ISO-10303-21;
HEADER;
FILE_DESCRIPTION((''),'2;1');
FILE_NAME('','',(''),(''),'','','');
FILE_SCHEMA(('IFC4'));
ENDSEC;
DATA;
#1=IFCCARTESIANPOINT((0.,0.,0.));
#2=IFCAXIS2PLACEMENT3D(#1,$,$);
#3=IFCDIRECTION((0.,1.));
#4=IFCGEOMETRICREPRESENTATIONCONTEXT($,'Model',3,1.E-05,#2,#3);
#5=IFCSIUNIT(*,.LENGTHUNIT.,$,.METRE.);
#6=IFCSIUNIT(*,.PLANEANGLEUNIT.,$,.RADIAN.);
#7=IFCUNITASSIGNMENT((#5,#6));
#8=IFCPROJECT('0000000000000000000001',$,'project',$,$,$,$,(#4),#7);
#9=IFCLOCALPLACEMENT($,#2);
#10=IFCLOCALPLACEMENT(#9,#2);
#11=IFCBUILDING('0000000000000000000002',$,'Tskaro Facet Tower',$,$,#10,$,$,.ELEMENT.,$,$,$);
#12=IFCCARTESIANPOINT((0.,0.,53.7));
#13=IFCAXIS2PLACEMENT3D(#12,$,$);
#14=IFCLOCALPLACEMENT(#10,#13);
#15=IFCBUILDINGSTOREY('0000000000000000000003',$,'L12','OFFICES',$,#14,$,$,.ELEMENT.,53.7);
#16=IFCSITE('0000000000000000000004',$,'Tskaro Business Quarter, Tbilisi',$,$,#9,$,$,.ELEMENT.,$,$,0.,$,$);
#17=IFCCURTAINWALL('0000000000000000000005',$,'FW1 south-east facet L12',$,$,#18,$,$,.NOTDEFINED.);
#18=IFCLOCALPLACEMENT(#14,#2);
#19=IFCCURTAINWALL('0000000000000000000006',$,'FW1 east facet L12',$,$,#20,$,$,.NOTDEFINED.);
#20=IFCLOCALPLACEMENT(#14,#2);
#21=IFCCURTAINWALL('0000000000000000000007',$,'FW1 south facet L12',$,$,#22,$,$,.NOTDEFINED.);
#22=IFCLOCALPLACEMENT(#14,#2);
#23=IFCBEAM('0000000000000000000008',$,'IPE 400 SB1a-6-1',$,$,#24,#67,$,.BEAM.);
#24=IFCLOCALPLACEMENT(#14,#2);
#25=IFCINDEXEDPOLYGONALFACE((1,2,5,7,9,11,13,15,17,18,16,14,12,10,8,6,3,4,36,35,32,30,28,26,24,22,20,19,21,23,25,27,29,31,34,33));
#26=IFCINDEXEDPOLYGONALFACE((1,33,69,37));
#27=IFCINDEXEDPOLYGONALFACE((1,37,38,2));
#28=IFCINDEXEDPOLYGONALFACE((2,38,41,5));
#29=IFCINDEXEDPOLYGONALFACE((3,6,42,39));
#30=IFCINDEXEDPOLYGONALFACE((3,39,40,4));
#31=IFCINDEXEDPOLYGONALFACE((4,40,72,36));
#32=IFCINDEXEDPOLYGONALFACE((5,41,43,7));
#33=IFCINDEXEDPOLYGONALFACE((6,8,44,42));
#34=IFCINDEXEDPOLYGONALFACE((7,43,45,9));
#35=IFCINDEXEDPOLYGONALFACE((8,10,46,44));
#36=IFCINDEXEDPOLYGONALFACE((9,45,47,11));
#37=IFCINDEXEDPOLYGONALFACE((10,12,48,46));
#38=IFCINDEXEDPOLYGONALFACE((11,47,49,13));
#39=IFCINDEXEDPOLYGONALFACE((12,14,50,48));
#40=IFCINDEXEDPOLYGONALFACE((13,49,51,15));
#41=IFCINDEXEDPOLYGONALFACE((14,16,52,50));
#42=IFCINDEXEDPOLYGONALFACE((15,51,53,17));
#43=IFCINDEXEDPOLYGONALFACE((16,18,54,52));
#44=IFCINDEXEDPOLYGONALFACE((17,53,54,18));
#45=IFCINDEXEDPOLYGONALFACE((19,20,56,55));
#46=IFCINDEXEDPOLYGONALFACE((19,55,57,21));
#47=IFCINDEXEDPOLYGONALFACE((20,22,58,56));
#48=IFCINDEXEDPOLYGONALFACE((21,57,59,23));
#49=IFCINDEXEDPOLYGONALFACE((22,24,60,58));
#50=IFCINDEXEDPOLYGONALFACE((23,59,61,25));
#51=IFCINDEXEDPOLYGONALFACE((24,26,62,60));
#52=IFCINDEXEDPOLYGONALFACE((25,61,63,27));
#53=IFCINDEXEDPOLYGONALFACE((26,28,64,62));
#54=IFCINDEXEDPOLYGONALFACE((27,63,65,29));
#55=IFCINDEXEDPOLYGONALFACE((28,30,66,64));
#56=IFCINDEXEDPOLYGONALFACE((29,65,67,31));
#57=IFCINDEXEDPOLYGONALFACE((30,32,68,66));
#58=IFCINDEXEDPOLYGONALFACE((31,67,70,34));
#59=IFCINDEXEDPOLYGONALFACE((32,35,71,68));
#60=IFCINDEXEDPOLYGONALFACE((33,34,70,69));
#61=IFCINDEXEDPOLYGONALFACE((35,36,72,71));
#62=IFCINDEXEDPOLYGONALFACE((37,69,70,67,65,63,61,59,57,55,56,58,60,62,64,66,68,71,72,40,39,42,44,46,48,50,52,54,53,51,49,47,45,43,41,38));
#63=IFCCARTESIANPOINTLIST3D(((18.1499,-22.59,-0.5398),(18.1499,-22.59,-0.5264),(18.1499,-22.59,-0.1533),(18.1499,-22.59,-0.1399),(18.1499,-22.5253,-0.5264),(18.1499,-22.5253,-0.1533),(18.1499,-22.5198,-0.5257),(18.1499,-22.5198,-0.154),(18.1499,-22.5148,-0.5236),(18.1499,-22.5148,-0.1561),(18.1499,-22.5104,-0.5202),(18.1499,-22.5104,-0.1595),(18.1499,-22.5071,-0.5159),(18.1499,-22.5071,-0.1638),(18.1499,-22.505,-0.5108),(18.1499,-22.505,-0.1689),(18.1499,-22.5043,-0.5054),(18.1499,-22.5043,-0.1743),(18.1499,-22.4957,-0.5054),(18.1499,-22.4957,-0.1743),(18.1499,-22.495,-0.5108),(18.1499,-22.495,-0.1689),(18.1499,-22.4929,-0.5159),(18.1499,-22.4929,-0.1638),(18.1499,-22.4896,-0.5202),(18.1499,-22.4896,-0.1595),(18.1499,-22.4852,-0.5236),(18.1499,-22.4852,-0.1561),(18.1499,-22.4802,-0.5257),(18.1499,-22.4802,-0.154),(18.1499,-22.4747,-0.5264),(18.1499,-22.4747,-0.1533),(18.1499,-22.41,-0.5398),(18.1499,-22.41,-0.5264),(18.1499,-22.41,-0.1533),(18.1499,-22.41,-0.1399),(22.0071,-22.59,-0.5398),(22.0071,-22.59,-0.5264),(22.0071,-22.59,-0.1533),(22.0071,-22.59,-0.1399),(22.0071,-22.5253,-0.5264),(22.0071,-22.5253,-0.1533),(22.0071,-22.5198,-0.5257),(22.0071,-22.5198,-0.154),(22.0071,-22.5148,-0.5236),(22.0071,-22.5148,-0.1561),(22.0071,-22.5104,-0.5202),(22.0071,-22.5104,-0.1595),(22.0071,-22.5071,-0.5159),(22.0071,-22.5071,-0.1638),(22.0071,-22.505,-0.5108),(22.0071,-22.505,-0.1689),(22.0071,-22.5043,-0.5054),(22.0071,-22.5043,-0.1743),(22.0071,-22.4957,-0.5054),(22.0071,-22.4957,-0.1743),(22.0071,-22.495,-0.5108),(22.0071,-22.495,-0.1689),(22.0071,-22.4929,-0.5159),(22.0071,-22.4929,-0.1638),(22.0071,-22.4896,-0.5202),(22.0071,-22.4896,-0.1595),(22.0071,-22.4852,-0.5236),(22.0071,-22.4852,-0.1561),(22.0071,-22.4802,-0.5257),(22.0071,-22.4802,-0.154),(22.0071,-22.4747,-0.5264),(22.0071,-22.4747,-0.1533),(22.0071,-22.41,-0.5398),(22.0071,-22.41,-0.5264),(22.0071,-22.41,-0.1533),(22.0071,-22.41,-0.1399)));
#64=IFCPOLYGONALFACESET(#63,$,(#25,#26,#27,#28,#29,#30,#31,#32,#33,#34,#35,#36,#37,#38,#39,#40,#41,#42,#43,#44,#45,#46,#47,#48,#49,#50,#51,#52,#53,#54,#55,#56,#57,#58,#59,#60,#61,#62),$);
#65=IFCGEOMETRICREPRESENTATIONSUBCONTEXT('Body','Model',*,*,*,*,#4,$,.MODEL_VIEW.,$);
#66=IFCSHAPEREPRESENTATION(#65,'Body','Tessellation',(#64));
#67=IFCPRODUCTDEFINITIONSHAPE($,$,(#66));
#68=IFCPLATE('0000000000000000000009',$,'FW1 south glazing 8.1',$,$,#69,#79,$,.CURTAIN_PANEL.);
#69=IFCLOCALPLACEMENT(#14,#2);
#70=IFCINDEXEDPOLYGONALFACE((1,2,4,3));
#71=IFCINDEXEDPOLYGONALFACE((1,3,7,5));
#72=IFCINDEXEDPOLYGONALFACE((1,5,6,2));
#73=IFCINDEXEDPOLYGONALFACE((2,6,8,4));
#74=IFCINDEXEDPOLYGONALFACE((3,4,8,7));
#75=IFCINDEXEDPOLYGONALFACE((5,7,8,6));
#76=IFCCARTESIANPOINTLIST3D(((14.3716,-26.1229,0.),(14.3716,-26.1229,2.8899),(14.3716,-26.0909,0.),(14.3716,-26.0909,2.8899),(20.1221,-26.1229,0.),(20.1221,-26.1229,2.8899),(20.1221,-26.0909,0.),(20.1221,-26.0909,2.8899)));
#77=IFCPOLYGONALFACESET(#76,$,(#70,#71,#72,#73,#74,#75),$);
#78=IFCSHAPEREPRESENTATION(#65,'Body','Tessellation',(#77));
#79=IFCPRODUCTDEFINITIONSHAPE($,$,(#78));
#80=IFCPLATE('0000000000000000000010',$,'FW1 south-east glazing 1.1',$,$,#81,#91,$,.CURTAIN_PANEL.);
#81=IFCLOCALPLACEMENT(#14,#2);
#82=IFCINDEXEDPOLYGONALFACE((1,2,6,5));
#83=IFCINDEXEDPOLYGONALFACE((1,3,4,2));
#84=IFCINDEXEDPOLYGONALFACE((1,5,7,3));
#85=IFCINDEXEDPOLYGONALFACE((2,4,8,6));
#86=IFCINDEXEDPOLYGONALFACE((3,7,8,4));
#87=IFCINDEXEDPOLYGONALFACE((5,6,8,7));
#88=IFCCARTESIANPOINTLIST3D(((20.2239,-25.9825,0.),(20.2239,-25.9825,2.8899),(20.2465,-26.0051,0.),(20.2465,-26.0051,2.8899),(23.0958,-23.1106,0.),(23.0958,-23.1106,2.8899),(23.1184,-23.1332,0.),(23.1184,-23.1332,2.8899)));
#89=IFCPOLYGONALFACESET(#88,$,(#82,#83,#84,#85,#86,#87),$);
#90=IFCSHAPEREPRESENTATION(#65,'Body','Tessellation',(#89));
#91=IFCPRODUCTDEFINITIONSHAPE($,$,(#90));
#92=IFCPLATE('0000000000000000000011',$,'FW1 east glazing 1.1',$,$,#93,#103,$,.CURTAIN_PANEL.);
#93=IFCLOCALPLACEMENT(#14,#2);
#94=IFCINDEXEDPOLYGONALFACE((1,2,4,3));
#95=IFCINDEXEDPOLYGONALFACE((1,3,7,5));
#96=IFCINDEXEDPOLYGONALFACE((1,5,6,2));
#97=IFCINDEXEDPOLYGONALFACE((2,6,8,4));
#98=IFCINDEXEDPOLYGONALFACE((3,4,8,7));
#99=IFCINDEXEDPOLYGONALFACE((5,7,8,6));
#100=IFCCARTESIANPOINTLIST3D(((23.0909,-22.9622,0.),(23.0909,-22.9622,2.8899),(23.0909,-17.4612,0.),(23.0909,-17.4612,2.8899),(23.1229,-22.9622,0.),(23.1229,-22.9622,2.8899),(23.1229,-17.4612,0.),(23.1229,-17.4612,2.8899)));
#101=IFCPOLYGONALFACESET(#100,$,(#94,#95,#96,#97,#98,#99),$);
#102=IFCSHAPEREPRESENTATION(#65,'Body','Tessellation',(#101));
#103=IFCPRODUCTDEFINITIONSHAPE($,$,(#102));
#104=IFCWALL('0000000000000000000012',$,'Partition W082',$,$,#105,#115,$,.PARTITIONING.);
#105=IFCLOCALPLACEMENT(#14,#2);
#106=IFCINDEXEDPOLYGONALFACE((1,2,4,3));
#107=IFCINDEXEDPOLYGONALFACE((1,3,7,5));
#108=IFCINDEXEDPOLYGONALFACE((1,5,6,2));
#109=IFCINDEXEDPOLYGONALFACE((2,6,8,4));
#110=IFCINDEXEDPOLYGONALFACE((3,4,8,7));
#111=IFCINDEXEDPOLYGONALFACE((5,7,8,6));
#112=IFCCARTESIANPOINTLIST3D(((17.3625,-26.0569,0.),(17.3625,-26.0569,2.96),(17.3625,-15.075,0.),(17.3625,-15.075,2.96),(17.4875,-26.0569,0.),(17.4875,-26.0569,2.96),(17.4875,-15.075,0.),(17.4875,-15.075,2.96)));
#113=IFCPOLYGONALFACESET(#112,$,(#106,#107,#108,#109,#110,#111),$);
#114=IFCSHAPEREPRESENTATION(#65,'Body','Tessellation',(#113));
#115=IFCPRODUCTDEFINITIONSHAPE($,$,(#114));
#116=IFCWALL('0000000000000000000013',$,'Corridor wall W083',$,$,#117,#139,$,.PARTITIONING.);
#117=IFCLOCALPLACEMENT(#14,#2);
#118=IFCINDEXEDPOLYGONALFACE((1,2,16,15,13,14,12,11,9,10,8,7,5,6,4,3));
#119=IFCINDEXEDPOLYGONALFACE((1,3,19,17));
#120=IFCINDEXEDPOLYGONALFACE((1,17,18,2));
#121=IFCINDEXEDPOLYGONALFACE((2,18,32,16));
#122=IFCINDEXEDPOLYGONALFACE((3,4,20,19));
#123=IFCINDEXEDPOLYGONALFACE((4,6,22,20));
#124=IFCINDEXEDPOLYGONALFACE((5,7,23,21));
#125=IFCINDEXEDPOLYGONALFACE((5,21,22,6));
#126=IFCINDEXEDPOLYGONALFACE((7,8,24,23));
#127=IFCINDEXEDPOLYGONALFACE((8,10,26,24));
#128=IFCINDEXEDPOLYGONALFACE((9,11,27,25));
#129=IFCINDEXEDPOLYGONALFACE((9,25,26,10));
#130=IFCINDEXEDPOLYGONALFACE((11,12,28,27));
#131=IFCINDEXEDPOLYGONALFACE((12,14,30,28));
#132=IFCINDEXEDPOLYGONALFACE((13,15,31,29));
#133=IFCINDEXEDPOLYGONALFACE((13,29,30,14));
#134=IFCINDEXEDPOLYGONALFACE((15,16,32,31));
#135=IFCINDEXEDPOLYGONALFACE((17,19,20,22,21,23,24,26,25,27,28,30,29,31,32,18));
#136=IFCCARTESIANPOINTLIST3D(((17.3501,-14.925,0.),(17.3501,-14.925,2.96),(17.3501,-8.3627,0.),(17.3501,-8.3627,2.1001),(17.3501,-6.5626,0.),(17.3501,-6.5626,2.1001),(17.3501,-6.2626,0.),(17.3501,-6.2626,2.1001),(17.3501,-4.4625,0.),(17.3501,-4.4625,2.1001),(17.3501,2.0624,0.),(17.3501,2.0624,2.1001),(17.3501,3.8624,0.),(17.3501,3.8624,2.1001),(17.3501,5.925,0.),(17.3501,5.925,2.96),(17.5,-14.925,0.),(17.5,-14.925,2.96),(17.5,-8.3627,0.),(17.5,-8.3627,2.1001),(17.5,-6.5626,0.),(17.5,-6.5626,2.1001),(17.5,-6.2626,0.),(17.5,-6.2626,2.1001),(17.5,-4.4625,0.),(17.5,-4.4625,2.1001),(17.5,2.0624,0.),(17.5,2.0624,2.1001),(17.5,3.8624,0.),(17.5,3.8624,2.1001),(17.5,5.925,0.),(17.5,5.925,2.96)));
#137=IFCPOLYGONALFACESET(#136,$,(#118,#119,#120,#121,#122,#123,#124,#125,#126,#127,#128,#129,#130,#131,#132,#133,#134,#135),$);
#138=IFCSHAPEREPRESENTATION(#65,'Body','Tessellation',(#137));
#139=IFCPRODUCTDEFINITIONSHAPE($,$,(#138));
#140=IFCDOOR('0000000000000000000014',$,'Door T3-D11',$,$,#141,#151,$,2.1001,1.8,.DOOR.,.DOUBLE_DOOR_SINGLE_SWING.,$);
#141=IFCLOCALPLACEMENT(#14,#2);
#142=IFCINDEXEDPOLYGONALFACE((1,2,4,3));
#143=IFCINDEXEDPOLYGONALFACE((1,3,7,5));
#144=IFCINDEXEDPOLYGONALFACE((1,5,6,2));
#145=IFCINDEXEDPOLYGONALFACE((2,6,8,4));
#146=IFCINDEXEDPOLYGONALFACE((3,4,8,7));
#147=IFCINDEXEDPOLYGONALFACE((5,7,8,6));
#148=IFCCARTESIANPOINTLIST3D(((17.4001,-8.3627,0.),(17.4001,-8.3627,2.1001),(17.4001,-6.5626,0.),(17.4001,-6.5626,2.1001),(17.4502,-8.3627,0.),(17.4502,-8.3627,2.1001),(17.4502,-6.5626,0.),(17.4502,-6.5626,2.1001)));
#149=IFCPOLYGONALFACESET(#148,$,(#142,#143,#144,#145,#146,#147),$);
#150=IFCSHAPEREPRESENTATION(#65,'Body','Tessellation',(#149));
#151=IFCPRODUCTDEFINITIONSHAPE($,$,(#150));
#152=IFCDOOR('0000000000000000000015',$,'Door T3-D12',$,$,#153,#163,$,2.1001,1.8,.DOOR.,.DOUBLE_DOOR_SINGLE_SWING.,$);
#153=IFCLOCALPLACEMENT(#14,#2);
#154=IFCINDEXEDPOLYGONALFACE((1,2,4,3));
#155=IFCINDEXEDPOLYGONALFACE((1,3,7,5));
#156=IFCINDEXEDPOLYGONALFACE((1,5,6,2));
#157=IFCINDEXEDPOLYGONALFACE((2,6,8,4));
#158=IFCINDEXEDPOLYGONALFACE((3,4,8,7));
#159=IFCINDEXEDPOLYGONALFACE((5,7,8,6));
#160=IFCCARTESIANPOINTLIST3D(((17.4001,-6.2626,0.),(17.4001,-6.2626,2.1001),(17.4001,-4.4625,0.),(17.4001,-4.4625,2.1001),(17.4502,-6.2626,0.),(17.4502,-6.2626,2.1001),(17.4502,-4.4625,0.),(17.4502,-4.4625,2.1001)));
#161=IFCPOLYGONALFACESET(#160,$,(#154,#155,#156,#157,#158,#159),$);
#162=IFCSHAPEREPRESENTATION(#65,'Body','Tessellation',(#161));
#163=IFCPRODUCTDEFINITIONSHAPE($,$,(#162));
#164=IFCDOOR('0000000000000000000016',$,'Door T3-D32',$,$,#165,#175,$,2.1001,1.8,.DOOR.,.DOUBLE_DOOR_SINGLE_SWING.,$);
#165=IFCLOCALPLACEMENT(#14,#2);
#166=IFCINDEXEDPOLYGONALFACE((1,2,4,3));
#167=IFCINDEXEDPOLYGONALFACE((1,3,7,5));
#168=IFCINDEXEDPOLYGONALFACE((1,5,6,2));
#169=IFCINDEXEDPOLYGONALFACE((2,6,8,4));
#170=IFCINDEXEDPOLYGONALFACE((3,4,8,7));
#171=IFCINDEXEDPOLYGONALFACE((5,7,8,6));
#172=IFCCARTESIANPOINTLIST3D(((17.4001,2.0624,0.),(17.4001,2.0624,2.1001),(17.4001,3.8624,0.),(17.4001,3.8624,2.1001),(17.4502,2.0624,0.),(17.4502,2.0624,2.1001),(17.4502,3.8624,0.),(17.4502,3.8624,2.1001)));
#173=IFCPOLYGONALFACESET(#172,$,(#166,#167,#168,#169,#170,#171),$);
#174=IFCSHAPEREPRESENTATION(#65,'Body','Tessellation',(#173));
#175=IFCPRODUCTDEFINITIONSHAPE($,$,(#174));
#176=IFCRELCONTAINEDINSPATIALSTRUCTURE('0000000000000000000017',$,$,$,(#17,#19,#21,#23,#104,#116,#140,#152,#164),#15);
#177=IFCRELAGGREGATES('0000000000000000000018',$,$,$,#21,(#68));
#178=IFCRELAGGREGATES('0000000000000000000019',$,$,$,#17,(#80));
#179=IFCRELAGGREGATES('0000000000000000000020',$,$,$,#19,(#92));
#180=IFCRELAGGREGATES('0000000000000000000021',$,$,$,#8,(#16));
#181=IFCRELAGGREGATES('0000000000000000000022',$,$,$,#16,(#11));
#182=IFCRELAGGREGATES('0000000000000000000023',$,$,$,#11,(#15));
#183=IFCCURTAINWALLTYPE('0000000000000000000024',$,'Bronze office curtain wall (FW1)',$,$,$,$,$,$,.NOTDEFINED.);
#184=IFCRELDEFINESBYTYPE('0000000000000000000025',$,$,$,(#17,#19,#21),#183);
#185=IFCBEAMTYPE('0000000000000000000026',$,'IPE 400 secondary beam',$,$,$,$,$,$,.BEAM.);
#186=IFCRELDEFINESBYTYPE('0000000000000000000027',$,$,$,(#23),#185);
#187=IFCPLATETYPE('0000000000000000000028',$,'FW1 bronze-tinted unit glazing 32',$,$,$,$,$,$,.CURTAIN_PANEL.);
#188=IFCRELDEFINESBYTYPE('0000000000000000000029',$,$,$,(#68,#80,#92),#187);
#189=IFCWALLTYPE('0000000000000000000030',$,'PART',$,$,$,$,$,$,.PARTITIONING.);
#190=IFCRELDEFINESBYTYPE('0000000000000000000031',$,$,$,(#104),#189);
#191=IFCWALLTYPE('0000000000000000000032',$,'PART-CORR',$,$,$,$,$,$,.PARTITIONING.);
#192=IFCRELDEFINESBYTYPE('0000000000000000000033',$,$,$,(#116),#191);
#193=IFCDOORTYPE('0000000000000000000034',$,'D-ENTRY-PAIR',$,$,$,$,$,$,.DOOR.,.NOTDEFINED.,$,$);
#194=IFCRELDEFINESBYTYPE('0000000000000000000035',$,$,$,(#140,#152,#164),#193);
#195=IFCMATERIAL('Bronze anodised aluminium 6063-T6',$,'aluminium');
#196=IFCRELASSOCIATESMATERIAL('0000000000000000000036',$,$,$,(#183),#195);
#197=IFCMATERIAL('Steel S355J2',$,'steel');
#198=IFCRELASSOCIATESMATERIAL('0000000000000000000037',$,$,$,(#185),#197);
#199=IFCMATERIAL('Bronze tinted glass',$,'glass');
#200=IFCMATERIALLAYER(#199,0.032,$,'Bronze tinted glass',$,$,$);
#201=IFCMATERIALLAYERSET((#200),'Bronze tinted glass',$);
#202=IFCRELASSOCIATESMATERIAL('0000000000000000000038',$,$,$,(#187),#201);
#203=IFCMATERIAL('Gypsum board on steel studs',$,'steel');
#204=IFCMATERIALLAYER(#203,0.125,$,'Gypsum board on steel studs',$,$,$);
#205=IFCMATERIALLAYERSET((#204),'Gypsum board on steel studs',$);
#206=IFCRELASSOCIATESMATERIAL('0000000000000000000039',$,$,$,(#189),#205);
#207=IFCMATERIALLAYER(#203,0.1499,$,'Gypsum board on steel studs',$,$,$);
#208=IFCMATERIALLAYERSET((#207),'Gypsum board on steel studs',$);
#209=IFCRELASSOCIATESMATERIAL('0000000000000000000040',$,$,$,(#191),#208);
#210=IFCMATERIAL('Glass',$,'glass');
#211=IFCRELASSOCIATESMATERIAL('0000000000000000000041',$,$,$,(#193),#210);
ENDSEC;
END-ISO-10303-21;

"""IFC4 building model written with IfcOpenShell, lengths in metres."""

from ifc_helpers import new_model, si_unit, direction, frame, frame_2d, origin, origin_2d, place, context, subcontext, project, spatial, rectangle, i_section, extrude, material, layer, layer_set, material_profile, profile_set, type_object, element, fill, aggregate, save


model = new_model("IFC4")

# Units and contexts
model_context = context("Model", 3, precision=1e-05, world=origin(), true_north=direction((0.0, 1.0)))
body_context = subcontext(model_context, "Body", "Model", "MODEL_VIEW")
ifc_project = project(units=[si_unit("LENGTHUNIT", "METRE"), si_unit("PLANEANGLEUNIT", "RADIAN")], contexts=[model_context])

# Site, building, storey
site_placement = place(None, origin())
site = spatial("IfcSite", under=ifc_project, at=site_placement, Name="Tskaro Business Quarter, Tbilisi", CompositionType="ELEMENT", RefElevation=0.0)
building_placement = place(site_placement, origin())
building = spatial("IfcBuilding", under=site, at=building_placement, Name="Tskaro Facet Tower", CompositionType="ELEMENT")
storey_placement = place(building_placement, frame((0.0, 0.0, 53.7)))
storey = spatial("IfcBuildingStorey", under=building, at=storey_placement, Name="L12", Description="OFFICES", CompositionType="ELEMENT", Elevation=53.7)

# Curtain walls
ifc_material_1 = material(Name="Bronze anodised aluminium 6063-T6", Category="aluminium")
curtain_wall_type = type_object("IfcCurtainWallType", Name="Bronze office curtain wall (FW1)", PredefinedType="NOTDEFINED", material=ifc_material_1)
curtain_wall_1_placement = place(storey_placement, origin())
curtain_wall_1 = element("IfcCurtainWall", 1, at=curtain_wall_1_placement, inside=storey, type_object=curtain_wall_type, Name="FW1 south-east facet L12", PredefinedType="NOTDEFINED")
curtain_wall_2_placement = place(storey_placement, origin())
curtain_wall_2 = element("IfcCurtainWall", 2, at=curtain_wall_2_placement, inside=storey, type_object=curtain_wall_type, Name="FW1 east facet L12", PredefinedType="NOTDEFINED")
curtain_wall_3_placement = place(storey_placement, origin())
curtain_wall_3 = element("IfcCurtainWall", 3, at=curtain_wall_3_placement, inside=storey, type_object=curtain_wall_type, Name="FW1 south facet L12", PredefinedType="NOTDEFINED")

# Beam
ifc_material_2 = material(Name="Steel S355J2", Category="steel")
ifc_material_profile_1 = material_profile(ifc_material_2, i_section(OverallWidth=0.1799, OverallDepth=0.3999, WebThickness=0.0085, FlangeThickness=0.0134, FilletRadius=0.021, at=origin_2d()), Name="IPE 400")
ifc_profile_set_1 = profile_set([ifc_material_profile_1], Name="Steel S355J2")
beam_type_1 = type_object("IfcBeamType", Name="IPE 400 secondary beam", PredefinedType="BEAM", material=ifc_profile_set_1)
beam_1_placement = place(storey_placement, frame((18.1499, -22.5, -0.3398), z_axis=(1.0, 0.0, 0.0), x_axis=(0.0, 1.0, 0.0)))
element("IfcBeam", 4, at=beam_1_placement, inside=storey, type_object=beam_type_1, Name="IPE 400 SB1a-6-1", PredefinedType="BEAM", context=body_context, shape_type="SweptSolid", body=[
    extrude(i_section(OverallWidth=0.1799, OverallDepth=0.3999, WebThickness=0.0085, FlangeThickness=0.0134, FilletRadius=0.021, at=origin_2d()), origin(), (0.0, 0.0, 1.0), 3.8572),
])

# Plates
ifc_material_3 = material(Name="Bronze tinted glass", Category="glass")
ifc_layer_1 = layer(ifc_material_3, 0.032, Name="Bronze tinted glass")
ifc_layer_set_1 = layer_set([ifc_layer_1], Name="Bronze tinted glass")
plate_type = type_object("IfcPlateType", Name="FW1 bronze-tinted unit glazing 32", PredefinedType="CURTAIN_PANEL", material=ifc_layer_set_1)
plate_1_placement = place(storey_placement, frame((17.2468, -26.1069, 0.0), z_axis=(0.0, 0.0, 1.0), x_axis=(1.0, 0.0, 0.0)))
plate_1 = element("IfcPlate", 5, at=plate_1_placement, type_object=plate_type, Name="FW1 south glazing 8.1", PredefinedType="CURTAIN_PANEL", context=body_context, shape_type="SweptSolid", body=[
    extrude(rectangle(XDim=5.7505, YDim=0.032, at=origin_2d()), origin(), (0.0, 0.0, 1.0), 2.8899),
])
aggregate(curtain_wall_3, [plate_1])
plate_2_placement = place(storey_placement, frame((21.6711, -24.5579, 0.0), z_axis=(0.0, 0.0, 1.0), x_axis=(0.707107, 0.707107, 0.0)))
plate_2 = element("IfcPlate", 6, at=plate_2_placement, type_object=plate_type, Name="FW1 south-east glazing 1.1", PredefinedType="CURTAIN_PANEL", context=body_context, shape_type="SweptSolid", body=[
    extrude(rectangle(XDim=4.0615, YDim=0.032, at=origin_2d()), origin(), (0.0, 0.0, 1.0), 2.8899),
])
aggregate(curtain_wall_1, [plate_2])
plate_3_placement = place(storey_placement, frame((23.1069, -20.2117, 0.0), z_axis=(0.0, 0.0, 1.0), x_axis=(0.0, 1.0, 0.0)))
plate_3 = element("IfcPlate", 7, at=plate_3_placement, type_object=plate_type, Name="FW1 east glazing 1.1", PredefinedType="CURTAIN_PANEL", context=body_context, shape_type="SweptSolid", body=[
    extrude(rectangle(XDim=5.501, YDim=0.032, at=origin_2d()), origin(), (0.0, 0.0, 1.0), 2.8899),
])
aggregate(curtain_wall_2, [plate_3])

# Wall
ifc_material_4 = material(Name="Gypsum board on steel studs", Category="steel")
ifc_layer_2 = layer(ifc_material_4, 0.125, Name="Gypsum board on steel studs")
ifc_layer_set_2 = layer_set([ifc_layer_2], Name="Gypsum board on steel studs")
wall_type_1 = type_object("IfcWallType", Name="PART", PredefinedType="PARTITIONING", material=ifc_layer_set_2)
wall_1_placement = place(storey_placement, frame((17.425, -26.0569, 0.0), z_axis=(0.0, 0.0, 1.0), x_axis=(0.0, 1.0, 0.0)))
element("IfcWall", 8, at=wall_1_placement, inside=storey, type_object=wall_type_1, Name="Partition W082", PredefinedType="PARTITIONING", context=body_context, shape_type="SweptSolid", body=[
    extrude(rectangle(XDim=10.9819, YDim=0.125, at=frame_2d((5.491, 0.0))), origin(), (0.0, 0.0, 1.0), 2.96),
])

# Wall, openings, doors
ifc_layer_3 = layer(ifc_material_4, 0.1499, Name="Gypsum board on steel studs")
ifc_layer_set_3 = layer_set([ifc_layer_3], Name="Gypsum board on steel studs")
wall_type_2 = type_object("IfcWallType", Name="PART-CORR", PredefinedType="PARTITIONING", material=ifc_layer_set_3)
wall_2_placement = place(storey_placement, frame((17.425, -14.925, 0.0), z_axis=(0.0, 0.0, 1.0), x_axis=(0.0, 1.0, 0.0)))
wall_2 = element("IfcWall", 9, at=wall_2_placement, inside=storey, type_object=wall_type_2, Name="Corridor wall W083", PredefinedType="PARTITIONING", context=body_context, shape_type="SweptSolid", body=[
    extrude(rectangle(XDim=20.8501, YDim=0.1499, at=frame_2d((10.425, 0.0))), origin(), (0.0, 0.0, 1.0), 2.96),
])
opening_1_placement = place(wall_2_placement, frame((6.5625, 0.0, 0.0)))
opening_1 = element("IfcOpeningElement", 10, at=opening_1_placement, cuts=wall_2, PredefinedType="OPENING", context=body_context, shape_type="SweptSolid", body=[
    extrude(rectangle(XDim=1.8, YDim=2.1001, at=frame_2d((0.8999, 1.05))), frame((0.0, 0.085, 0.0), z_axis=(0.0, -1.0, 0.0), x_axis=(1.0, 0.0, 0.0)), (0.0, 0.0, 1.0), 0.1699),
])
opening_2_placement = place(wall_2_placement, frame((8.6626, 0.0, 0.0)))
opening_2 = element("IfcOpeningElement", 11, at=opening_2_placement, cuts=wall_2, PredefinedType="OPENING", context=body_context, shape_type="SweptSolid", body=[
    extrude(rectangle(XDim=1.8, YDim=2.1001, at=frame_2d((0.8999, 1.05))), frame((0.0, 0.085, 0.0), z_axis=(0.0, -1.0, 0.0), x_axis=(1.0, 0.0, 0.0)), (0.0, 0.0, 1.0), 0.1699),
])
opening_3_placement = place(wall_2_placement, frame((16.9875, 0.0, 0.0)))
opening_3 = element("IfcOpeningElement", 12, at=opening_3_placement, cuts=wall_2, PredefinedType="OPENING", context=body_context, shape_type="SweptSolid", body=[
    extrude(rectangle(XDim=1.8, YDim=2.1001, at=frame_2d((0.8999, 1.05))), frame((0.0, 0.085, 0.0), z_axis=(0.0, -1.0, 0.0), x_axis=(1.0, 0.0, 0.0)), (0.0, 0.0, 1.0), 0.1699),
])
ifc_material_5 = material(Name="Glass", Category="glass")
door_type = type_object("IfcDoorType", Name="D-ENTRY-PAIR", OperationType="NOTDEFINED", PredefinedType="DOOR", material=ifc_material_5)
door_1_placement = place(opening_1_placement, origin())
door_1 = element("IfcDoor", 13, at=door_1_placement, inside=storey, type_object=door_type, Name="Door T3-D11", OperationType="DOUBLE_DOOR_SINGLE_SWING", OverallHeight=2.1001, OverallWidth=1.8, PredefinedType="DOOR", context=body_context, shape_type="SweptSolid", body=[
    extrude(rectangle(XDim=1.8, YDim=2.1001, at=frame_2d((0.8999, 1.05))), frame((0.0, 0.0249, 0.0), z_axis=(0.0, -1.0, 0.0), x_axis=(1.0, 0.0, 0.0)), (0.0, 0.0, 1.0), 0.05),
])
fill(opening_1, door_1)
door_2_placement = place(opening_2_placement, origin())
door_2 = element("IfcDoor", 14, at=door_2_placement, inside=storey, type_object=door_type, Name="Door T3-D12", OperationType="DOUBLE_DOOR_SINGLE_SWING", OverallHeight=2.1001, OverallWidth=1.8, PredefinedType="DOOR", context=body_context, shape_type="SweptSolid", body=[
    extrude(rectangle(XDim=1.8, YDim=2.1001, at=frame_2d((0.8999, 1.05))), frame((0.0, 0.0249, 0.0), z_axis=(0.0, -1.0, 0.0), x_axis=(1.0, 0.0, 0.0)), (0.0, 0.0, 1.0), 0.05),
])
fill(opening_2, door_2)
door_3_placement = place(opening_3_placement, origin())
door_3 = element("IfcDoor", 15, at=door_3_placement, inside=storey, type_object=door_type, Name="Door T3-D32", OperationType="DOUBLE_DOOR_SINGLE_SWING", OverallHeight=2.1001, OverallWidth=1.8, PredefinedType="DOOR", context=body_context, shape_type="SweptSolid", body=[
    extrude(rectangle(XDim=1.8, YDim=2.1001, at=frame_2d((0.8999, 1.05))), frame((0.0, 0.0249, 0.0), z_axis=(0.0, -1.0, 0.0), x_axis=(1.0, 0.0, 0.0)), (0.0, 0.0, 1.0), 0.05),
])
fill(opening_3, door_3)

save(model, "model.ifc")
